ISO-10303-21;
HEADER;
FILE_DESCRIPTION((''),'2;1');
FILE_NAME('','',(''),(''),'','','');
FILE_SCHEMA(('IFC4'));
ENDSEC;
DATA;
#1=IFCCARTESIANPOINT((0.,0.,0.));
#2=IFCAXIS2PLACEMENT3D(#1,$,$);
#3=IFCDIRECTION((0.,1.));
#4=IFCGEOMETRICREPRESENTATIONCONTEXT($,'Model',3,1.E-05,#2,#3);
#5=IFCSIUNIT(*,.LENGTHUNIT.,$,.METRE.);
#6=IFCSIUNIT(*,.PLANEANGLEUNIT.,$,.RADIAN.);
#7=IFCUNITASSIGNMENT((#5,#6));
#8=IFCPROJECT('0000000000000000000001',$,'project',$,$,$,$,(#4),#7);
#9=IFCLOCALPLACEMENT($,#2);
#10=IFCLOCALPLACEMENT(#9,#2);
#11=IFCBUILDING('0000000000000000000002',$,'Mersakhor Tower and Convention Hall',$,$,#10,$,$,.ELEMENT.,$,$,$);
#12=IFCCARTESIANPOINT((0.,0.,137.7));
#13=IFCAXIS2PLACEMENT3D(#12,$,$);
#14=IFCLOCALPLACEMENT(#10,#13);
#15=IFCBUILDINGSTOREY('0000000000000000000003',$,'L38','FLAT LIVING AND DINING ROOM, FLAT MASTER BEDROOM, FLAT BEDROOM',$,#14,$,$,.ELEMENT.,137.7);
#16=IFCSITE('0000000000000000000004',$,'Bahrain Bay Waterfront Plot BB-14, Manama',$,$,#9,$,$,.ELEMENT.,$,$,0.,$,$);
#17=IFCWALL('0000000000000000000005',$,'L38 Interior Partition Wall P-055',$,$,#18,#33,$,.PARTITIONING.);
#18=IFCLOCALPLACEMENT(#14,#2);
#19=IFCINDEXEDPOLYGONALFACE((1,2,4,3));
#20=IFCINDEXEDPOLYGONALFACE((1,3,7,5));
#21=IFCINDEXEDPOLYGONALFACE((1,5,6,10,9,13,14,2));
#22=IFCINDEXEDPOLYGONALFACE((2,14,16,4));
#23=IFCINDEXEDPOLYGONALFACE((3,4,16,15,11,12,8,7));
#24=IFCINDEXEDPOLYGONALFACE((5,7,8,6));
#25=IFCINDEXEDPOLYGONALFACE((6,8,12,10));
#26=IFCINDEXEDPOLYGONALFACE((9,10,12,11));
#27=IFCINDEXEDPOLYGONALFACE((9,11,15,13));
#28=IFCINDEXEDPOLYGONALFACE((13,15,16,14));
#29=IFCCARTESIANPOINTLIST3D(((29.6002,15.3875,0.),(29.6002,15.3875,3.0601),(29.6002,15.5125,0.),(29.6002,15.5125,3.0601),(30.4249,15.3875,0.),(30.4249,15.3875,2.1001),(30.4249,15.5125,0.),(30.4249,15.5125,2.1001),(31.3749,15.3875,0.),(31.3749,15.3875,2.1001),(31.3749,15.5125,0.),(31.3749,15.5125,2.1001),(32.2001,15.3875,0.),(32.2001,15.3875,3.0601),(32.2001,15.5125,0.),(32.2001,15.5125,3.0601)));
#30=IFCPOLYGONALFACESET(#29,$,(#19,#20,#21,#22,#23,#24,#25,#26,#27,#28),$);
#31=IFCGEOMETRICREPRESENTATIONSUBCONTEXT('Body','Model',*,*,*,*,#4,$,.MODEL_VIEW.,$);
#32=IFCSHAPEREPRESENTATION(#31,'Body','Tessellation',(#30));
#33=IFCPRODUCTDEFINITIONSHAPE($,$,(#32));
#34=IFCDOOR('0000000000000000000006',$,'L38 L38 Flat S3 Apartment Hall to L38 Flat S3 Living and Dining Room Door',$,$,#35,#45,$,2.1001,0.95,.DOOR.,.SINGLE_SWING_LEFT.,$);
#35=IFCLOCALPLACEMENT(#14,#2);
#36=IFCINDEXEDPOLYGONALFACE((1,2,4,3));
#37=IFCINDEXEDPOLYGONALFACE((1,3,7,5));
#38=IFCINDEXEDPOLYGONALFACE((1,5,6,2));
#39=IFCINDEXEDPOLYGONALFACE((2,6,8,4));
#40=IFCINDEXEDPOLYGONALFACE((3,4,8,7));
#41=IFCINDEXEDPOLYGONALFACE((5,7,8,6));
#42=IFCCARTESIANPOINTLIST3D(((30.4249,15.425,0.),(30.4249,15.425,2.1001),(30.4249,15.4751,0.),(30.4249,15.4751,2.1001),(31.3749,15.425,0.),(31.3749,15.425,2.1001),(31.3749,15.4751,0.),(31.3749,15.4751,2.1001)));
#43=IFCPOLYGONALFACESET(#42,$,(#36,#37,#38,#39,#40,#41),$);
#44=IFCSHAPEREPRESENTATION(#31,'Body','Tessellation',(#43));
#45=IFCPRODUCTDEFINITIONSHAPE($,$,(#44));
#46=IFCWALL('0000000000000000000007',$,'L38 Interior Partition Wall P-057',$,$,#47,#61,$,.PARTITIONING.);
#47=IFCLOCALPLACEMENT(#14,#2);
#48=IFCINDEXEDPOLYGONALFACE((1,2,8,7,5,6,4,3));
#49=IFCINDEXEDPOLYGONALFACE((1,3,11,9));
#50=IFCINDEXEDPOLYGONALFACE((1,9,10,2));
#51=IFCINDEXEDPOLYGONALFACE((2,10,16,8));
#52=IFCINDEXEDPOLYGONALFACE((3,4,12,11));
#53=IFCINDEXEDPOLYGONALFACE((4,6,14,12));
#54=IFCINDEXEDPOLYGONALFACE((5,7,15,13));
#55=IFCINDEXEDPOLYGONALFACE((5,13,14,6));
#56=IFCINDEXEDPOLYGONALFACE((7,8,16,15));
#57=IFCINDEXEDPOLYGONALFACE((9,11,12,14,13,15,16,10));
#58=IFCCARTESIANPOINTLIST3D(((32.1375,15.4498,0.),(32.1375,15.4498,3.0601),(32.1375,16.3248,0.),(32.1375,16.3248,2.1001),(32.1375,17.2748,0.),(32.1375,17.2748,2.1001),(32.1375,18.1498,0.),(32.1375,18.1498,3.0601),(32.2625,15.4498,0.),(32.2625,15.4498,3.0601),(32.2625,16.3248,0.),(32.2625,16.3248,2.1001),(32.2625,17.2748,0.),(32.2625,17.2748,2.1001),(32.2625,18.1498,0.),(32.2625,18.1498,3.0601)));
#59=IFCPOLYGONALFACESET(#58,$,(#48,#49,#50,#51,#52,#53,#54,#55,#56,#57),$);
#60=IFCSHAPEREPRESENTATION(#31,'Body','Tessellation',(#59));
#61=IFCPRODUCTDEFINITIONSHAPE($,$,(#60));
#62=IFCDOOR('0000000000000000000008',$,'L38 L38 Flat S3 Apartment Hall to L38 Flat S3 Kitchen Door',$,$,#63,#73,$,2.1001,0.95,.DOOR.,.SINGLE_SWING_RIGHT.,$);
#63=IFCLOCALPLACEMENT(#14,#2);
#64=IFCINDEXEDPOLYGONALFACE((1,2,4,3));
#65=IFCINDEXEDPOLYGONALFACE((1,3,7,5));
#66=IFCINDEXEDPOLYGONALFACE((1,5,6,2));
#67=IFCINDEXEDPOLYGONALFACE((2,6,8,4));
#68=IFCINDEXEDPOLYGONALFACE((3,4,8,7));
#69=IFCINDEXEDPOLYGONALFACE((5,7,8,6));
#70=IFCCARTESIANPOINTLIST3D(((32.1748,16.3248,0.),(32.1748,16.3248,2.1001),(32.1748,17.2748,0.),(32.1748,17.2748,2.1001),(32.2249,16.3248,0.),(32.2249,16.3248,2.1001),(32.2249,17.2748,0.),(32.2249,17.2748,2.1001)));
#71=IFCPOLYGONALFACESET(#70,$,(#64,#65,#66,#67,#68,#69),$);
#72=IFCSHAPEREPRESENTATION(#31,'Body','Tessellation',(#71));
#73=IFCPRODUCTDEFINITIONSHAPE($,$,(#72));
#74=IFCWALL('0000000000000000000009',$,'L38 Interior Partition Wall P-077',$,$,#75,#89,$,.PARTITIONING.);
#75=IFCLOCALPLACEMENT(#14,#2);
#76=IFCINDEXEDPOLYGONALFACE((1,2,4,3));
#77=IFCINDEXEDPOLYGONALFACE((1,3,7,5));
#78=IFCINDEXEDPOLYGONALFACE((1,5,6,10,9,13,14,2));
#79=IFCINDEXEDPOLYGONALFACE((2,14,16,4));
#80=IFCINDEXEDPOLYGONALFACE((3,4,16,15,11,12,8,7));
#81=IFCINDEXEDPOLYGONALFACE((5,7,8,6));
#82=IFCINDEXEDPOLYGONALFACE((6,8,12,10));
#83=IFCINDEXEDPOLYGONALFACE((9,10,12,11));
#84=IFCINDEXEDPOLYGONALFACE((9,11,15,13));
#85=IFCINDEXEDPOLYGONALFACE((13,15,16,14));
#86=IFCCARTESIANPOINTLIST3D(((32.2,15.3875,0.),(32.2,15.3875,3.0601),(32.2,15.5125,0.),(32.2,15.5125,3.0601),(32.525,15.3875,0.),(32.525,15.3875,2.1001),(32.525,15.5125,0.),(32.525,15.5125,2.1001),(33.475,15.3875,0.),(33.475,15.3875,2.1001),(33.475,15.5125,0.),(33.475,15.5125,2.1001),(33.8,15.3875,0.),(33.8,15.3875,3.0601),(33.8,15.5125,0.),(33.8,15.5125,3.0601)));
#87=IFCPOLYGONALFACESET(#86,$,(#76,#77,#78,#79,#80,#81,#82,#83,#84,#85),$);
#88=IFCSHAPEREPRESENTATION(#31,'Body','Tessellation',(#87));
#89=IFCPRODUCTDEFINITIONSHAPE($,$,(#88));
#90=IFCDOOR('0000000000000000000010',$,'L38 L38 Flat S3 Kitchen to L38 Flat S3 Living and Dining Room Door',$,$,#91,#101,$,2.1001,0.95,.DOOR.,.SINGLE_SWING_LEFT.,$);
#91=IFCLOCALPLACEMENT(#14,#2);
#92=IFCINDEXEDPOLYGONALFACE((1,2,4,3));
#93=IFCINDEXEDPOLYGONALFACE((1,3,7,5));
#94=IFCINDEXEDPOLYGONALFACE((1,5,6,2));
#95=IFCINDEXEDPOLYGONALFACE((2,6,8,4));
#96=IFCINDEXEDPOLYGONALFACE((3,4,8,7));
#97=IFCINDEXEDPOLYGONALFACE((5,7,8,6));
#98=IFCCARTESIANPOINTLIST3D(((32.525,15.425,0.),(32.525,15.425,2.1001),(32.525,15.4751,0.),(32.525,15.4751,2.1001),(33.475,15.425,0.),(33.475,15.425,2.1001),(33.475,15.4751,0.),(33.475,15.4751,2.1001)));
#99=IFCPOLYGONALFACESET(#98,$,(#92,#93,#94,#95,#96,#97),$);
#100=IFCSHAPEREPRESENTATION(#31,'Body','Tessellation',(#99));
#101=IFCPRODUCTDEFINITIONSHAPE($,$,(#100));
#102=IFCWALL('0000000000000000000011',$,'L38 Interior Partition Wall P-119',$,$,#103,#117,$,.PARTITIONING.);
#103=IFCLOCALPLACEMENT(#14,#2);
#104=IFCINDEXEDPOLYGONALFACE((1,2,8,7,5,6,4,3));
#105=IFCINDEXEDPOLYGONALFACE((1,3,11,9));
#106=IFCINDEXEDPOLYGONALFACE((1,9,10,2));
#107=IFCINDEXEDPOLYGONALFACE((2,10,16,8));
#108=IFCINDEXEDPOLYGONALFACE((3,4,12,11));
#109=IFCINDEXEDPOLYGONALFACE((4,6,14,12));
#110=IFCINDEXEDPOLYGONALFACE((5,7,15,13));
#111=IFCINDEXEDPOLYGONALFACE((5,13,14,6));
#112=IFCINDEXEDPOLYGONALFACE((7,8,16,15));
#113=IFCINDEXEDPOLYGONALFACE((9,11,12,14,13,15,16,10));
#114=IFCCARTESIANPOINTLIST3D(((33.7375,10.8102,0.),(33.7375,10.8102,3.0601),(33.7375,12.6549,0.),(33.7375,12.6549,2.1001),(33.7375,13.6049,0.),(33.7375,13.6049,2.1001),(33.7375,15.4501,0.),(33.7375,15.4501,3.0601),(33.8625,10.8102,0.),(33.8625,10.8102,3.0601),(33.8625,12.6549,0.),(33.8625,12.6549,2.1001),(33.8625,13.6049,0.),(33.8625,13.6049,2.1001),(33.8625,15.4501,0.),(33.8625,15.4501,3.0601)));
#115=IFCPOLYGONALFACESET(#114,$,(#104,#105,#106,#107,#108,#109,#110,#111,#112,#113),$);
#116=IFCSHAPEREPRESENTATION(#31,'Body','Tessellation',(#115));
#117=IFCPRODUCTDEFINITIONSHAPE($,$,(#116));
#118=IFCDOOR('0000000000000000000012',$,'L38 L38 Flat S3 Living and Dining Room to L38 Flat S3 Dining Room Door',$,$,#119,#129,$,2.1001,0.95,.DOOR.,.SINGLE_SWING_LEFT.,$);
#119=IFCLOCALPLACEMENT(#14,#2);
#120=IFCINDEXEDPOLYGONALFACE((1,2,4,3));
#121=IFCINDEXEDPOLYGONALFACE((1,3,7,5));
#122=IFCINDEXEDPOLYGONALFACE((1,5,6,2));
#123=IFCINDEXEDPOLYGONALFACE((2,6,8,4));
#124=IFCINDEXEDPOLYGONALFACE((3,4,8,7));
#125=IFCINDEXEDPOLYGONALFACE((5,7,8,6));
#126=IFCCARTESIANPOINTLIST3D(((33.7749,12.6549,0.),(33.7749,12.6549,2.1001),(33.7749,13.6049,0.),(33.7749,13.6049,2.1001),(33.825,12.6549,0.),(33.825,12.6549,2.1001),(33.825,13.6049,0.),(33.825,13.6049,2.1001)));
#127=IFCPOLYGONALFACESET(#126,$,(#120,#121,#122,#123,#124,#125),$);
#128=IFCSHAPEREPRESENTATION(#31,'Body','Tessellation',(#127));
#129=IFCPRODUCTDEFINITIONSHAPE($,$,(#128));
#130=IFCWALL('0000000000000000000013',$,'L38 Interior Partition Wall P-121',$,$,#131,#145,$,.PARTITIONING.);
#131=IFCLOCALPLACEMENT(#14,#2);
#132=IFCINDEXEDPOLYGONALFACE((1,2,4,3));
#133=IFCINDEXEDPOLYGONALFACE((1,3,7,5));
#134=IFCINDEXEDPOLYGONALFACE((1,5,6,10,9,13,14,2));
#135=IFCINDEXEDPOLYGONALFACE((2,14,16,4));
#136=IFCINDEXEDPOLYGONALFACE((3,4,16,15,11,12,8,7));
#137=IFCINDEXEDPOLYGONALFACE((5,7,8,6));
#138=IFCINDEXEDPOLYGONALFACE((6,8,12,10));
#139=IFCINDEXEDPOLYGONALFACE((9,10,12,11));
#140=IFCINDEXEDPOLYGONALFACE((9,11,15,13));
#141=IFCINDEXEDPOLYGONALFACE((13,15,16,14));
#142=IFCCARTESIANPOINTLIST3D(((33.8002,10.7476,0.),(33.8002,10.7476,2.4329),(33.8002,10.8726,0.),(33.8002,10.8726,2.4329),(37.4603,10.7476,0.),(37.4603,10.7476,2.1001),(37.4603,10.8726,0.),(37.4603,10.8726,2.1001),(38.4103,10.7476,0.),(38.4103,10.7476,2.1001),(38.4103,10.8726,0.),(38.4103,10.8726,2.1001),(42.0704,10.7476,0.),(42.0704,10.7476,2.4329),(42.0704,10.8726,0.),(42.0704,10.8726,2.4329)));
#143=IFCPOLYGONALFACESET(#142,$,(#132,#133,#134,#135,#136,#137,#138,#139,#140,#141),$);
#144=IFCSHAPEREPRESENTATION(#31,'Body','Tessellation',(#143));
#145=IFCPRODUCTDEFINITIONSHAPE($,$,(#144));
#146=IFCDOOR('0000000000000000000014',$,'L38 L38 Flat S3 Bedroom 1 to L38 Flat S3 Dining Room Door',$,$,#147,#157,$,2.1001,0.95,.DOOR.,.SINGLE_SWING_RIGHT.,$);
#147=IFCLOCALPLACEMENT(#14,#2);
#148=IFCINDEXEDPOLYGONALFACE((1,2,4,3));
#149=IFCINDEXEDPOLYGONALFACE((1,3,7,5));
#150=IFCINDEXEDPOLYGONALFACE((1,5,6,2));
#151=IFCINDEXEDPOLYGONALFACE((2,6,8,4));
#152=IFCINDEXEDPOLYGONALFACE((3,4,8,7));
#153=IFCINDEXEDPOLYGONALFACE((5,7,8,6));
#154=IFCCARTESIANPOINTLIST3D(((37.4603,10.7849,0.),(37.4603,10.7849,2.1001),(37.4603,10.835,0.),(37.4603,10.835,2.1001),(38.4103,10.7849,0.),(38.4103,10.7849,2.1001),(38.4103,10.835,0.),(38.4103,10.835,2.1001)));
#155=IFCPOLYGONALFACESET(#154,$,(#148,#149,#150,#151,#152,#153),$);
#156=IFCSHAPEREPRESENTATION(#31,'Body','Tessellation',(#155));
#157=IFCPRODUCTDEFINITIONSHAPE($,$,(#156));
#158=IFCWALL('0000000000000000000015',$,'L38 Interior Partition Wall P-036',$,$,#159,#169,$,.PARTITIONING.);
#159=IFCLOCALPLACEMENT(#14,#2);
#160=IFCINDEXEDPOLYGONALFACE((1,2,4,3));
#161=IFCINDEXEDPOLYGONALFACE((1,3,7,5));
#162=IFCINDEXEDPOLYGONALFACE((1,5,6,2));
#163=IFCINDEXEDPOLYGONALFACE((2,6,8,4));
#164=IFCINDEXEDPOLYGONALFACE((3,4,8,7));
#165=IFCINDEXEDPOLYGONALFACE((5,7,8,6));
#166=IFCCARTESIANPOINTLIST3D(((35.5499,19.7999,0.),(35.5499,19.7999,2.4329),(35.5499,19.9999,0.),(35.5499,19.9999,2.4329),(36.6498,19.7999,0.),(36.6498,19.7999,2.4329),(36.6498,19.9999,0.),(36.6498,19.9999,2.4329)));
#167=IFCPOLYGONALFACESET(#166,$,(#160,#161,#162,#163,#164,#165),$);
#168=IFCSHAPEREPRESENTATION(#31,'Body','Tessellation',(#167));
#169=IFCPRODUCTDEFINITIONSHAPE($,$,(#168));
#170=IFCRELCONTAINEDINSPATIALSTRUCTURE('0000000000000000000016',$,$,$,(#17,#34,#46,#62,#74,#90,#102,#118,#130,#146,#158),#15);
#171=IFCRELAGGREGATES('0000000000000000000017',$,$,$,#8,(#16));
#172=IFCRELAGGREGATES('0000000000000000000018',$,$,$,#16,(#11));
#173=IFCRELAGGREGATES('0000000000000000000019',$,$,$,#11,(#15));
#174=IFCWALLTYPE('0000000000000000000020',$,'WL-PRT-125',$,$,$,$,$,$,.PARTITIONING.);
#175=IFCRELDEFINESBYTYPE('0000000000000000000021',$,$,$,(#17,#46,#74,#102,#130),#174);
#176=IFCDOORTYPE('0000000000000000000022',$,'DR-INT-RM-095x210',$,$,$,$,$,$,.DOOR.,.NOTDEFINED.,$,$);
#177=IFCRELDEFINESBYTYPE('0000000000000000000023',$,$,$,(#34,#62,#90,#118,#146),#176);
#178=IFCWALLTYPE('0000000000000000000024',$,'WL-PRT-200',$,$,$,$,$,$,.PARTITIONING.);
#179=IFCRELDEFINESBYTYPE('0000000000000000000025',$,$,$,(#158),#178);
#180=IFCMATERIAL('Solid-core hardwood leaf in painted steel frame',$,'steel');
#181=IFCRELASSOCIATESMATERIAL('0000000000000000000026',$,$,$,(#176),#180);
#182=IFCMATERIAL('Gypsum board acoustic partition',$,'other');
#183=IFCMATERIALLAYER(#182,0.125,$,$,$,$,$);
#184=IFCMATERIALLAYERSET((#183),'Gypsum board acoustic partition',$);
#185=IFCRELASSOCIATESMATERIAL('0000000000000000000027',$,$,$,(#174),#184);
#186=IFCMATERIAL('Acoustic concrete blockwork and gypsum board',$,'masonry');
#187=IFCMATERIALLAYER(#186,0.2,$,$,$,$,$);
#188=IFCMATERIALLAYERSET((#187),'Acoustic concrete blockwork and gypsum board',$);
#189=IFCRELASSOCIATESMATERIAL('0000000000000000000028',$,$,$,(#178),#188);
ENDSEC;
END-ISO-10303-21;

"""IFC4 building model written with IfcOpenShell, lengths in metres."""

from ifc_helpers import new_model, si_unit, direction, frame, frame_2d, origin, place, context, subcontext, project, spatial, rectangle, extrude, material, layer, layer_set, type_object, element, fill, save


model = new_model("IFC4")

# Units and contexts
model_context = context("Model", 3, precision=1e-05, world=origin(), true_north=direction((0.0, 1.0)))
body_context = subcontext(model_context, "Body", "Model", "MODEL_VIEW")
ifc_project = project(units=[si_unit("LENGTHUNIT", "METRE"), si_unit("PLANEANGLEUNIT", "RADIAN")], contexts=[model_context])

# Site, building, storey
site_placement = place(None, origin())
site = spatial("IfcSite", under=ifc_project, at=site_placement, Name="Bahrain Bay Waterfront Plot BB-14, Manama", CompositionType="ELEMENT", RefElevation=0.0)
building_placement = place(site_placement, origin())
building = spatial("IfcBuilding", under=site, at=building_placement, Name="Mersakhor Tower and Convention Hall", CompositionType="ELEMENT")
storey_placement = place(building_placement, frame((0.0, 0.0, 137.7)))
storey = spatial("IfcBuildingStorey", under=building, at=storey_placement, Name="L38", Description="FLAT LIVING AND DINING ROOM, FLAT MASTER BEDROOM, FLAT BEDROOM", CompositionType="ELEMENT", Elevation=137.7)

# Shared definitions
ifc_material_1 = material(Name="Solid-core hardwood leaf in painted steel frame", Category="steel")
door_type_1 = type_object("IfcDoorType", Name="DR-INT-RM-095x210", OperationType="NOTDEFINED", PredefinedType="DOOR", material=ifc_material_1)

# Walls, openings, doors
ifc_material_2 = material(Name="Gypsum board acoustic partition", Category="other")
ifc_layer_1 = layer(ifc_material_2, 0.125)
ifc_layer_set_1 = layer_set([ifc_layer_1], Name="Gypsum board acoustic partition")
wall_type_1 = type_object("IfcWallType", Name="WL-PRT-125", PredefinedType="PARTITIONING", material=ifc_layer_set_1)
wall_1_placement = place(storey_placement, frame((32.2, 15.45, 0.0), z_axis=(0.0, 0.0, 1.0), x_axis=(-1.0, 0.0, 0.0)))
wall_1 = element("IfcWall", 1, at=wall_1_placement, inside=storey, type_object=wall_type_1, Name="L38 Interior Partition Wall P-055", PredefinedType="PARTITIONING", context=body_context, shape_type="SweptSolid", body=[
    extrude(rectangle(XDim=2.5999, YDim=0.125, at=frame_2d((1.2998, 0.0))), origin(), (0.0, 0.0, 1.0), 3.0601),
])
opening_1_placement = place(wall_1_placement, frame((0.825, 0.0, 0.0)))
opening_1 = element("IfcOpeningElement", 2, at=opening_1_placement, cuts=wall_1, PredefinedType="OPENING", context=body_context, shape_type="SweptSolid", body=[
    extrude(rectangle(XDim=0.95, YDim=2.1001, at=frame_2d((0.4751, 1.05))), frame((0.0, 0.0725, 0.0), z_axis=(0.0, -1.0, 0.0), x_axis=(1.0, 0.0, 0.0)), (0.0, 0.0, 1.0), 0.145),
])
door_1_placement = place(opening_1_placement, origin())
door_1 = element("IfcDoor", 3, at=door_1_placement, inside=storey, type_object=door_type_1, Name="L38 L38 Flat S3 Apartment Hall to L38 Flat S3 Living and Dining Room Door", OperationType="SINGLE_SWING_LEFT", OverallHeight=2.1001, OverallWidth=0.95, PredefinedType="DOOR", context=body_context, shape_type="SweptSolid", body=[
    extrude(rectangle(XDim=0.95, YDim=2.1001, at=frame_2d((0.4751, 1.05))), frame((0.0, 0.0249, 0.0), z_axis=(0.0, -1.0, 0.0), x_axis=(1.0, 0.0, 0.0)), (0.0, 0.0, 1.0), 0.05),
])
fill(opening_1, door_1)
wall_2_placement = place(storey_placement, frame((32.2, 18.1499, 0.0), z_axis=(0.0, 0.0, 1.0), x_axis=(0.0, -1.0, 0.0)))
wall_2 = element("IfcWall", 4, at=wall_2_placement, inside=storey, type_object=wall_type_1, Name="L38 Interior Partition Wall P-057", PredefinedType="PARTITIONING", context=body_context, shape_type="SweptSolid", body=[
    extrude(rectangle(XDim=2.7, YDim=0.125, at=frame_2d((1.3501, 0.0))), origin(), (0.0, 0.0, 1.0), 3.0601),
])
opening_2_placement = place(wall_2_placement, frame((0.875, 0.0, 0.0)))
opening_2 = element("IfcOpeningElement", 5, at=opening_2_placement, cuts=wall_2, PredefinedType="OPENING", context=body_context, shape_type="SweptSolid", body=[
    extrude(rectangle(XDim=0.95, YDim=2.1001, at=frame_2d((0.4751, 1.05))), frame((0.0, 0.0725, 0.0), z_axis=(0.0, -1.0, 0.0), x_axis=(1.0, 0.0, 0.0)), (0.0, 0.0, 1.0), 0.145),
])
door_2_placement = place(opening_2_placement, origin())
door_2 = element("IfcDoor", 6, at=door_2_placement, inside=storey, type_object=door_type_1, Name="L38 L38 Flat S3 Apartment Hall to L38 Flat S3 Kitchen Door", OperationType="SINGLE_SWING_RIGHT", OverallHeight=2.1001, OverallWidth=0.95, PredefinedType="DOOR", context=body_context, shape_type="SweptSolid", body=[
    extrude(rectangle(XDim=0.95, YDim=2.1001, at=frame_2d((0.4751, 1.05))), frame((0.0, 0.0249, 0.0), z_axis=(0.0, -1.0, 0.0), x_axis=(1.0, 0.0, 0.0)), (0.0, 0.0, 1.0), 0.05),
])
fill(opening_2, door_2)
wall_3_placement = place(storey_placement, frame((33.8, 15.45, 0.0), z_axis=(0.0, 0.0, 1.0), x_axis=(-1.0, 0.0, 0.0)))
wall_3 = element("IfcWall", 7, at=wall_3_placement, inside=storey, type_object=wall_type_1, Name="L38 Interior Partition Wall P-077", PredefinedType="PARTITIONING", context=body_context, shape_type="SweptSolid", body=[
    extrude(rectangle(XDim=1.6001, YDim=0.125, at=frame_2d((0.8, 0.0))), origin(), (0.0, 0.0, 1.0), 3.0601),
])
opening_3_placement = place(wall_3_placement, frame((0.325, 0.0, 0.0)))
opening_3 = element("IfcOpeningElement", 8, at=opening_3_placement, cuts=wall_3, PredefinedType="OPENING", context=body_context, shape_type="SweptSolid", body=[
    extrude(rectangle(XDim=0.95, YDim=2.1001, at=frame_2d((0.4751, 1.05))), frame((0.0, 0.0725, 0.0), z_axis=(0.0, -1.0, 0.0), x_axis=(1.0, 0.0, 0.0)), (0.0, 0.0, 1.0), 0.145),
])
door_3_placement = place(opening_3_placement, origin())
door_3 = element("IfcDoor", 9, at=door_3_placement, inside=storey, type_object=door_type_1, Name="L38 L38 Flat S3 Kitchen to L38 Flat S3 Living and Dining Room Door", OperationType="SINGLE_SWING_LEFT", OverallHeight=2.1001, OverallWidth=0.95, PredefinedType="DOOR", context=body_context, shape_type="SweptSolid", body=[
    extrude(rectangle(XDim=0.95, YDim=2.1001, at=frame_2d((0.4751, 1.05))), frame((0.0, 0.0249, 0.0), z_axis=(0.0, -1.0, 0.0), x_axis=(1.0, 0.0, 0.0)), (0.0, 0.0, 1.0), 0.05),
])
fill(opening_3, door_3)
wall_4_placement = place(storey_placement, frame((33.8, 15.45, 0.0), z_axis=(0.0, 0.0, 1.0), x_axis=(0.0, -1.0, 0.0)))
wall_4 = element("IfcWall", 10, at=wall_4_placement, inside=storey, type_object=wall_type_1, Name="L38 Interior Partition Wall P-119", PredefinedType="PARTITIONING", context=body_context, shape_type="SweptSolid", body=[
    extrude(rectangle(XDim=4.6399, YDim=0.125, at=frame_2d((2.3198, 0.0))), origin(), (0.0, 0.0, 1.0), 3.0601),
])
opening_4_placement = place(wall_4_placement, frame((1.845, 0.0, 0.0)))
opening_4 = element("IfcOpeningElement", 11, at=opening_4_placement, cuts=wall_4, PredefinedType="OPENING", context=body_context, shape_type="SweptSolid", body=[
    extrude(rectangle(XDim=0.95, YDim=2.1001, at=frame_2d((0.4751, 1.05))), frame((0.0, 0.0725, 0.0), z_axis=(0.0, -1.0, 0.0), x_axis=(1.0, 0.0, 0.0)), (0.0, 0.0, 1.0), 0.145),
])
door_4_placement = place(opening_4_placement, origin())
door_4 = element("IfcDoor", 12, at=door_4_placement, inside=storey, type_object=door_type_1, Name="L38 L38 Flat S3 Living and Dining Room to L38 Flat S3 Dining Room Door", OperationType="SINGLE_SWING_LEFT", OverallHeight=2.1001, OverallWidth=0.95, PredefinedType="DOOR", context=body_context, shape_type="SweptSolid", body=[
    extrude(rectangle(XDim=0.95, YDim=2.1001, at=frame_2d((0.4751, 1.05))), frame((0.0, 0.0249, 0.0), z_axis=(0.0, -1.0, 0.0), x_axis=(1.0, 0.0, 0.0)), (0.0, 0.0, 1.0), 0.05),
])
fill(opening_4, door_4)
wall_5_placement = place(storey_placement, frame((33.8, 10.8101, 0.0), z_axis=(0.0, 0.0, 1.0), x_axis=(1.0, 0.0, 0.0)))
wall_5 = element("IfcWall", 13, at=wall_5_placement, inside=storey, type_object=wall_type_1, Name="L38 Interior Partition Wall P-121", PredefinedType="PARTITIONING", context=body_context, shape_type="SweptSolid", body=[
    extrude(rectangle(XDim=8.2703, YDim=0.125, at=frame_2d((4.1353, 0.0))), origin(), (0.0, 0.0, 1.0), 2.4329),
])
opening_5_placement = place(wall_5_placement, frame((3.6602, 0.0, 0.0)))
opening_5 = element("IfcOpeningElement", 14, at=opening_5_placement, cuts=wall_5, PredefinedType="OPENING", context=body_context, shape_type="SweptSolid", body=[
    extrude(rectangle(XDim=0.95, YDim=2.1001, at=frame_2d((0.4751, 1.05))), frame((0.0, 0.0725, 0.0), z_axis=(0.0, -1.0, 0.0), x_axis=(1.0, 0.0, 0.0)), (0.0, 0.0, 1.0), 0.145),
])
door_5_placement = place(opening_5_placement, origin())
door_5 = element("IfcDoor", 15, at=door_5_placement, inside=storey, type_object=door_type_1, Name="L38 L38 Flat S3 Bedroom 1 to L38 Flat S3 Dining Room Door", OperationType="SINGLE_SWING_RIGHT", OverallHeight=2.1001, OverallWidth=0.95, PredefinedType="DOOR", context=body_context, shape_type="SweptSolid", body=[
    extrude(rectangle(XDim=0.95, YDim=2.1001, at=frame_2d((0.4751, 1.05))), frame((0.0, 0.0249, 0.0), z_axis=(0.0, -1.0, 0.0), x_axis=(1.0, 0.0, 0.0)), (0.0, 0.0, 1.0), 0.05),
])
fill(opening_5, door_5)

# Wall
ifc_material_3 = material(Name="Acoustic concrete blockwork and gypsum board", Category="masonry")
ifc_layer_2 = layer(ifc_material_3, 0.2)
ifc_layer_set_2 = layer_set([ifc_layer_2], Name="Acoustic concrete blockwork and gypsum board")
wall_type_2 = type_object("IfcWallType", Name="WL-PRT-200", PredefinedType="PARTITIONING", material=ifc_layer_set_2)
wall_6_placement = place(storey_placement, frame((35.55, 19.8999, 0.0), z_axis=(0.0, 0.0, 1.0), x_axis=(1.0, 0.0, 0.0)))
element("IfcWall", 16, at=wall_6_placement, inside=storey, type_object=wall_type_2, Name="L38 Interior Partition Wall P-036", PredefinedType="PARTITIONING", context=body_context, shape_type="SweptSolid", body=[
    extrude(rectangle(XDim=1.0999, YDim=0.2, at=frame_2d((0.5498, 0.0))), origin(), (0.0, 0.0, 1.0), 2.4329),
])

save(model, "model.ifc")
